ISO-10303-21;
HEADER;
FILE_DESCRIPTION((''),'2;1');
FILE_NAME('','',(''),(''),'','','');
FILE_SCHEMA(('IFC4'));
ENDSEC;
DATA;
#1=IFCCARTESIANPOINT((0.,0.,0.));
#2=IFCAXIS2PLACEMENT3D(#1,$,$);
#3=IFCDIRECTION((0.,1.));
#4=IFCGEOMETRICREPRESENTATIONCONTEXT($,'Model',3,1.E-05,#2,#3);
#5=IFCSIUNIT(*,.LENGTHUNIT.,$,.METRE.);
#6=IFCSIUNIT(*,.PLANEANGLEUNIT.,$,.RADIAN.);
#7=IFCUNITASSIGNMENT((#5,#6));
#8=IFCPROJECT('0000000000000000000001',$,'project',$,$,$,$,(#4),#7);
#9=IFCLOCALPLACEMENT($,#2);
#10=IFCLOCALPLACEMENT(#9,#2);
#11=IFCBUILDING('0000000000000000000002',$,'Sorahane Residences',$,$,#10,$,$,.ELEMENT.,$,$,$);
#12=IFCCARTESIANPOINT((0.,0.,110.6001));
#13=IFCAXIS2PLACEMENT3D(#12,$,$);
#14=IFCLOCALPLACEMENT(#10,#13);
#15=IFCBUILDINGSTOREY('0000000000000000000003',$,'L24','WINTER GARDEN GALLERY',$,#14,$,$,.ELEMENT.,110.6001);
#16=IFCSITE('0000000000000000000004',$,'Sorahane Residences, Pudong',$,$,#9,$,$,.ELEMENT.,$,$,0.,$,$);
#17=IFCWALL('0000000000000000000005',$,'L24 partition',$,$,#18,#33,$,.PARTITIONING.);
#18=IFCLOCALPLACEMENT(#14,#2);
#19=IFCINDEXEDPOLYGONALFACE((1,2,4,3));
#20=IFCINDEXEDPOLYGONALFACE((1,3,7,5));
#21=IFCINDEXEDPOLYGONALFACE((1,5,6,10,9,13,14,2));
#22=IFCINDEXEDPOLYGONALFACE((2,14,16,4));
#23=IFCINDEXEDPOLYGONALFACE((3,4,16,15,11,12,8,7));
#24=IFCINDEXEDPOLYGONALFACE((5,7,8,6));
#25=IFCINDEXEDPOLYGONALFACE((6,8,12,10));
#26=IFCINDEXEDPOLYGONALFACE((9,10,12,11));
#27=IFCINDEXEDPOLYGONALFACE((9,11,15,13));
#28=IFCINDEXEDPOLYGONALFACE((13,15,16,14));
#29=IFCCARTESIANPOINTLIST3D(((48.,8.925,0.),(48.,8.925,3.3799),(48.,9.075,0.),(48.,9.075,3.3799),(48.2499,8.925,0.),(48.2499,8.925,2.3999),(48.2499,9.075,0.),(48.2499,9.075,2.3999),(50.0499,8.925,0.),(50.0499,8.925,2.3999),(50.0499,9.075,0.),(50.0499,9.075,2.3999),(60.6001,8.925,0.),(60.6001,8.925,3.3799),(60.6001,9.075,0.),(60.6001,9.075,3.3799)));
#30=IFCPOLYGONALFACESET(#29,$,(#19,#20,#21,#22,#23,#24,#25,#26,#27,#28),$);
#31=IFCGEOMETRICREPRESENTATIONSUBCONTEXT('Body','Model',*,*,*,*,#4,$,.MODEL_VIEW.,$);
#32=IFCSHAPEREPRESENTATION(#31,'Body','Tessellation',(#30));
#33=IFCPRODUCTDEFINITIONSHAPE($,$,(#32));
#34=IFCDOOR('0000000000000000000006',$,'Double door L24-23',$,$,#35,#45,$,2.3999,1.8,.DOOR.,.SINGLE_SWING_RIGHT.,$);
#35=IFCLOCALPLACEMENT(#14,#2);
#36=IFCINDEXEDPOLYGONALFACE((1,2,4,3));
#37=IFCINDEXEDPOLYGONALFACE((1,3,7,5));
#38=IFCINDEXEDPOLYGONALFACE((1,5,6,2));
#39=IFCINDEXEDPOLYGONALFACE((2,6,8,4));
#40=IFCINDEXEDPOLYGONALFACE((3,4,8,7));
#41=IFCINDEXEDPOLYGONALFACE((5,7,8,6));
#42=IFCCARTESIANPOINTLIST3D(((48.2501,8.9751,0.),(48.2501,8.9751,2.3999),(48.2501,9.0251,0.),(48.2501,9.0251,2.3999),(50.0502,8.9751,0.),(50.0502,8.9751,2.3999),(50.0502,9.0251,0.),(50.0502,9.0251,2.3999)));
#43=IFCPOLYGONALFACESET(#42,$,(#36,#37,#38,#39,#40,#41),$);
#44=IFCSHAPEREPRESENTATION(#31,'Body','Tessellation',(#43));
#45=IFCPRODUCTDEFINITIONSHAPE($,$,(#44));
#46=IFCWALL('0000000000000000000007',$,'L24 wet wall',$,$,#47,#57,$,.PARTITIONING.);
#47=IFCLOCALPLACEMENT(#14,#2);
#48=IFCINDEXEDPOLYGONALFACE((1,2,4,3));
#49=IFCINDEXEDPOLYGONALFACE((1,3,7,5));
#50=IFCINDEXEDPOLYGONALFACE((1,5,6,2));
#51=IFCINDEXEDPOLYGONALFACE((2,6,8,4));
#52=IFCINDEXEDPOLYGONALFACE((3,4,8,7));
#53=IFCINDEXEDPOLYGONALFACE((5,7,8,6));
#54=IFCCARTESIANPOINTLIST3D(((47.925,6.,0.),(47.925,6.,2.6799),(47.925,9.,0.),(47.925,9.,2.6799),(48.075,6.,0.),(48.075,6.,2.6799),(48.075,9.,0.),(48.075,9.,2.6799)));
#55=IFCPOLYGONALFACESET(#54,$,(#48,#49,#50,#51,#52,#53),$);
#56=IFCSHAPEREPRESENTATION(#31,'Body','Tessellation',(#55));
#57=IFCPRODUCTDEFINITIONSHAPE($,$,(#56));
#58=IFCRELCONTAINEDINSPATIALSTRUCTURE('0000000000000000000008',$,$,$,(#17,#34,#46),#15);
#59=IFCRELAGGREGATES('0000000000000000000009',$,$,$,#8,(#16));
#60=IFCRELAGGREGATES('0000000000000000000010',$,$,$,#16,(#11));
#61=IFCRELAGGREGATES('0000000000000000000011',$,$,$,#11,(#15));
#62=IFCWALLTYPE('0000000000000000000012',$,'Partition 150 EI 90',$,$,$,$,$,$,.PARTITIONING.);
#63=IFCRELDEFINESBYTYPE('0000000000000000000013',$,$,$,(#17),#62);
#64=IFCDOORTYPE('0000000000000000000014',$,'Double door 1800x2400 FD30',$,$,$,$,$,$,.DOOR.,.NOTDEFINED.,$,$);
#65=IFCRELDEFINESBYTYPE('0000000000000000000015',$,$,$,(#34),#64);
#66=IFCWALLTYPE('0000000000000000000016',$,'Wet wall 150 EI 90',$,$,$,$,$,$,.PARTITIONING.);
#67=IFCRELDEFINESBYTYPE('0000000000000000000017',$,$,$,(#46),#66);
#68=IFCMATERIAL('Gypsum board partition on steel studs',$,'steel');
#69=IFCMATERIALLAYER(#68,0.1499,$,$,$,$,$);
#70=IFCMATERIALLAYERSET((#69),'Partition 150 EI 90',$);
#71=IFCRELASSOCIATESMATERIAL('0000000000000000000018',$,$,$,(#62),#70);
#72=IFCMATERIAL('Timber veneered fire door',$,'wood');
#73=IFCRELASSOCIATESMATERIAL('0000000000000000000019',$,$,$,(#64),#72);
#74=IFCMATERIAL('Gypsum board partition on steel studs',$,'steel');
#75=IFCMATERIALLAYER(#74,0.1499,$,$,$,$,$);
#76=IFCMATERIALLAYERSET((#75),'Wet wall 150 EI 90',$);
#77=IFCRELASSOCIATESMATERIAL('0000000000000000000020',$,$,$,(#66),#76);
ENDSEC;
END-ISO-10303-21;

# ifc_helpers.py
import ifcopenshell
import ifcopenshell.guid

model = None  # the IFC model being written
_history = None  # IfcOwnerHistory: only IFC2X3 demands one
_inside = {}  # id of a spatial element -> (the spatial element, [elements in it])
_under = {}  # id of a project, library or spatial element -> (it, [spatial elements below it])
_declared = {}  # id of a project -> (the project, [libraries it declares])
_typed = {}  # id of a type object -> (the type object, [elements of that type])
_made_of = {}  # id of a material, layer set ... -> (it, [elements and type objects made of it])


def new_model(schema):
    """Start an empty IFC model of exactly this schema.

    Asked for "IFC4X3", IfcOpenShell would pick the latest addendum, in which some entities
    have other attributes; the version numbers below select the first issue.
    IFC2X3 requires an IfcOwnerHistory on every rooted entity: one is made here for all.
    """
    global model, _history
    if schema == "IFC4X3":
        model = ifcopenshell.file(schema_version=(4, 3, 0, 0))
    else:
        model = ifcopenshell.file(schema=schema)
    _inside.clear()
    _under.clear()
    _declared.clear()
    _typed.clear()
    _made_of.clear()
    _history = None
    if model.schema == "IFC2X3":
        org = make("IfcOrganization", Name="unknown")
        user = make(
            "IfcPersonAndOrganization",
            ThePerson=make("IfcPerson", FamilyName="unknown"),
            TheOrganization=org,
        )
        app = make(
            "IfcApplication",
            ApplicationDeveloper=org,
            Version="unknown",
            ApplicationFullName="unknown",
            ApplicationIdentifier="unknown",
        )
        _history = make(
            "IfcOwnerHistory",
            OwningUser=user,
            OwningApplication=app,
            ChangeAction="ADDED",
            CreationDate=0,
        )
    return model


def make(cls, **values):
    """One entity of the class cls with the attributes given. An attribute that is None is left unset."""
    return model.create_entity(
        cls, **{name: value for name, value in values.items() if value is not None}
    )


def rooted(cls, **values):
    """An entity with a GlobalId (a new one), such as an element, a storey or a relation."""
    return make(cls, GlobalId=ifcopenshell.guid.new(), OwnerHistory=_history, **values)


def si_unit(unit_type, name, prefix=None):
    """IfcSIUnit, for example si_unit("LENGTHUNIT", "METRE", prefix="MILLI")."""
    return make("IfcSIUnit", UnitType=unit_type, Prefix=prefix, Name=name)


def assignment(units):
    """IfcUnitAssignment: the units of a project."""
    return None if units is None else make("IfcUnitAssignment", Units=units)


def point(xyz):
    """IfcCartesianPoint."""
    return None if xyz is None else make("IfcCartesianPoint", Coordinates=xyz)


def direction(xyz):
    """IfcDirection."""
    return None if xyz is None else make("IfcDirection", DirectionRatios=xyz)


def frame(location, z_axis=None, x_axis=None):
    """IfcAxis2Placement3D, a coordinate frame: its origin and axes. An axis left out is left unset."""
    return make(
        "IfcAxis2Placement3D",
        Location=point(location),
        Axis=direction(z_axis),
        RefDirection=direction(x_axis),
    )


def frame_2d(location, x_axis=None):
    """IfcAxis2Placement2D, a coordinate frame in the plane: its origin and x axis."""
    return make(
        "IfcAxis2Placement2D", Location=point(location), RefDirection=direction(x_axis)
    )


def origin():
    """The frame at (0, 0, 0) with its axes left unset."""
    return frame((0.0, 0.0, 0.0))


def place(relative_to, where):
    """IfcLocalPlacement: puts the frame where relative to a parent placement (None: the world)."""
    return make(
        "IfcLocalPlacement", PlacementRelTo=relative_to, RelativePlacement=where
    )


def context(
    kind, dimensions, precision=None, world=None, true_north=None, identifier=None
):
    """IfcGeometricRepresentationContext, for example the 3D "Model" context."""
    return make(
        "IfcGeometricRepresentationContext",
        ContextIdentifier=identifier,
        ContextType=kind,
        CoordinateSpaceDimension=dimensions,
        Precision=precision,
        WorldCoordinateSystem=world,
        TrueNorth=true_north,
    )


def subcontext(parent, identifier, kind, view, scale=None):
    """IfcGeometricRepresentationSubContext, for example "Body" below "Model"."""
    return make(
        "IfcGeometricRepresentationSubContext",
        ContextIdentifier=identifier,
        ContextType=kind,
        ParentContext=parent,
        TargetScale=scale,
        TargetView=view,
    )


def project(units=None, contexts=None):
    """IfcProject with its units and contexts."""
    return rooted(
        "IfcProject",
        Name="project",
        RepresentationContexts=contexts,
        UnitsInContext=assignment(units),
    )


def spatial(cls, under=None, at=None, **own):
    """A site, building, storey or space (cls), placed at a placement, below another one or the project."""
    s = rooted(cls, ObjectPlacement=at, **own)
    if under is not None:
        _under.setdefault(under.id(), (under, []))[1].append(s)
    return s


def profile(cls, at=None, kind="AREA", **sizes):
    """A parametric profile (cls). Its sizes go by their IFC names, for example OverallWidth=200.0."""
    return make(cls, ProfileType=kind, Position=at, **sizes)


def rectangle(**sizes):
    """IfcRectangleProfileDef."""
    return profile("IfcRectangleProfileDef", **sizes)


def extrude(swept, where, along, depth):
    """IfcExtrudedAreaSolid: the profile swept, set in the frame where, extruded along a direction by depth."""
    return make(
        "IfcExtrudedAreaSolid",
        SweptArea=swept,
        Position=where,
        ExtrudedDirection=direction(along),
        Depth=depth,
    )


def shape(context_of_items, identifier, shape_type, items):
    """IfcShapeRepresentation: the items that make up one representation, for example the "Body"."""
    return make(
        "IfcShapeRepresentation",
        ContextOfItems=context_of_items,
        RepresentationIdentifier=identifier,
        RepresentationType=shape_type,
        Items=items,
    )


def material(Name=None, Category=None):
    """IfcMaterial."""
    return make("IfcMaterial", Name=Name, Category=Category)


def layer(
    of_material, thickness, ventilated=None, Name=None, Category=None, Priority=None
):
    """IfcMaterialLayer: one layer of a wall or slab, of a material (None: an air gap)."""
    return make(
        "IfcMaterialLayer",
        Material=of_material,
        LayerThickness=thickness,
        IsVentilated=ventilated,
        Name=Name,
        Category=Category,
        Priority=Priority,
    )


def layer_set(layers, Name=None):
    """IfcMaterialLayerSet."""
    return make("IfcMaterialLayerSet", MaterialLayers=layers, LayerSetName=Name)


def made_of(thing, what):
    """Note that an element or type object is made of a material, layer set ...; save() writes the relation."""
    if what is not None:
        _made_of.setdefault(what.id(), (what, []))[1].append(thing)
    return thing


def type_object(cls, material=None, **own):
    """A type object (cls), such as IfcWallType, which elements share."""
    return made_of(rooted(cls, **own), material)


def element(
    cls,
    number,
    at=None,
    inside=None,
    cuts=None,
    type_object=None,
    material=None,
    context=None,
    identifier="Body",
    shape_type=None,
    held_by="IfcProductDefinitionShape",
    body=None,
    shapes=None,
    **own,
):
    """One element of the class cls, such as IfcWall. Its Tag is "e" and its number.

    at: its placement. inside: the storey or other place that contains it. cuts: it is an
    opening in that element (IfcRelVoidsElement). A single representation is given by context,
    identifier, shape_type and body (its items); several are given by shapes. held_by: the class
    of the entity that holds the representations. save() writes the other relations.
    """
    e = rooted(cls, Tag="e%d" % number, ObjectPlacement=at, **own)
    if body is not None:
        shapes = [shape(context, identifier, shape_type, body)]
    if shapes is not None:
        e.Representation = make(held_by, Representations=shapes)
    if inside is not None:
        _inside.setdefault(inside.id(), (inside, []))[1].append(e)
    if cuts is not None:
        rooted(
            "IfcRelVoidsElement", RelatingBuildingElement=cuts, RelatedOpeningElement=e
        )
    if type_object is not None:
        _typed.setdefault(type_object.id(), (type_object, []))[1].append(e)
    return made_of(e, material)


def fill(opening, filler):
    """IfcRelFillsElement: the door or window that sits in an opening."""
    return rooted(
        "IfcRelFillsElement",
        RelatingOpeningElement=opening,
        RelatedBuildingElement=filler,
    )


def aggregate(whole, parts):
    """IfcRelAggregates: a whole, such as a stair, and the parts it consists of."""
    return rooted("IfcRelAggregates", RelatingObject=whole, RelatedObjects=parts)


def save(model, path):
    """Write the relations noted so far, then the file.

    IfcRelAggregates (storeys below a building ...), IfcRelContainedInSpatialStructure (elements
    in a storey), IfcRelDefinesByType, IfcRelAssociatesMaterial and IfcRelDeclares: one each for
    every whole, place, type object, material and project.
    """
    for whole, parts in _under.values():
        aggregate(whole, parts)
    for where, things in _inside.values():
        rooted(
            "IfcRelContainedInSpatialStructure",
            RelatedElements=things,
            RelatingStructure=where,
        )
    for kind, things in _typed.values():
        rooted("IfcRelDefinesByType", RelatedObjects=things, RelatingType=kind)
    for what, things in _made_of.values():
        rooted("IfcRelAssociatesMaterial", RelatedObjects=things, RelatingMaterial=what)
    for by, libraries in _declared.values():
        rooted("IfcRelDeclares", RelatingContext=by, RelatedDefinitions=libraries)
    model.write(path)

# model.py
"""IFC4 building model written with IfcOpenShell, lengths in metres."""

from ifc_helpers import new_model, si_unit, direction, frame, frame_2d, origin, place, context, subcontext, project, spatial, rectangle, extrude, material, layer, layer_set, type_object, element, fill, save


model = new_model("IFC4")

# Units and contexts
model_context = context("Model", 3, precision=1e-05, world=origin(), true_north=direction((0.0, 1.0)))
body_context = subcontext(model_context, "Body", "Model", "MODEL_VIEW")
ifc_project = project(units=[si_unit("LENGTHUNIT", "METRE"), si_unit("PLANEANGLEUNIT", "RADIAN")], contexts=[model_context])

# Site, building, storey
site_placement = place(None, origin())
site = spatial("IfcSite", under=ifc_project, at=site_placement, Name="Sorahane Residences, Pudong", CompositionType="ELEMENT", RefElevation=0.0)
building_placement = place(site_placement, origin())
building = spatial("IfcBuilding", under=site, at=building_placement, Name="Sorahane Residences", CompositionType="ELEMENT")
storey_placement = place(building_placement, frame((0.0, 0.0, 110.6001)))
storey = spatial("IfcBuildingStorey", under=building, at=storey_placement, Name="L24", Description="WINTER GARDEN GALLERY", CompositionType="ELEMENT", Elevation=110.6001)

# Shared definitions
ifc_material_1 = material(Name="Gypsum board partition on steel studs", Category="steel")
ifc_layer_1 = layer(ifc_material_1, 0.1499)
ifc_layer_set_1 = layer_set([ifc_layer_1], Name="Partition 150 EI 90")
wall_type_1 = type_object("IfcWallType", Name="Partition 150 EI 90", PredefinedType="PARTITIONING", material=ifc_layer_set_1)

# Wall, opening, door
ifc_material_2 = material(Name="Timber veneered fire door", Category="wood")
door_type_1 = type_object("IfcDoorType", Name="Double door 1800x2400 FD30", OperationType="NOTDEFINED", PredefinedType="DOOR", material=ifc_material_2)
wall_1_placement = place(storey_placement, frame((48.0, 9.0, 0.0), z_axis=(0.0, 0.0, 1.0), x_axis=(1.0, 0.0, 0.0)))
wall_1 = element("IfcWall", 1, at=wall_1_placement, inside=storey, type_object=wall_type_1, Name="L24 partition", PredefinedType="PARTITIONING", context=body_context, shape_type="SweptSolid", body=[
    extrude(rectangle(XDim=12.6001, YDim=0.1499, at=frame_2d((6.3, 0.0))), origin(), (0.0, 0.0, 1.0), 3.3799),
])
opening_1_placement = place(wall_1_placement, frame((0.25, 0.0, 0.0)))
opening_1 = element("IfcOpeningElement", 2, at=opening_1_placement, cuts=wall_1, PredefinedType="OPENING", context=body_context, shape_type="SweptSolid", body=[
    extrude(rectangle(XDim=1.8, YDim=2.3999, at=frame_2d((0.8999, 1.2))), frame((0.0, 0.085, 0.0), z_axis=(0.0, -1.0, 0.0), x_axis=(1.0, 0.0, 0.0)), (0.0, 0.0, 1.0), 0.1699),
])
door_1_placement = place(opening_1_placement, frame((1.8, 0.0, 0.0), z_axis=(0.0, 0.0, 1.0), x_axis=(-1.0, 0.0, 0.0)))
door_1 = element("IfcDoor", 3, at=door_1_placement, inside=storey, type_object=door_type_1, Name="Double door L24-23", OperationType="SINGLE_SWING_RIGHT", OverallHeight=2.3999, OverallWidth=1.8, PredefinedType="DOOR", context=body_context, shape_type="SweptSolid", body=[
    extrude(rectangle(XDim=1.8, YDim=2.3999, at=frame_2d((0.8999, 1.2))), frame((0.0, 0.0249, 0.0), z_axis=(0.0, -1.0, 0.0), x_axis=(1.0, 0.0, 0.0)), (0.0, 0.0, 1.0), 0.05),
])
fill(opening_1, door_1)

# Wall
ifc_material_3 = material(Name="Gypsum board partition on steel studs", Category="steel")
ifc_layer_2 = layer(ifc_material_3, 0.1499)
ifc_layer_set_2 = layer_set([ifc_layer_2], Name="Wet wall 150 EI 90")
wall_type_2 = type_object("IfcWallType", Name="Wet wall 150 EI 90", PredefinedType="PARTITIONING", material=ifc_layer_set_2)
wall_2_placement = place(storey_placement, frame((48.0, 6.0, 0.0), z_axis=(0.0, 0.0, 1.0), x_axis=(0.0, 1.0, 0.0)))
element("IfcWall", 4, at=wall_2_placement, inside=storey, type_object=wall_type_2, Name="L24 wet wall", PredefinedType="PARTITIONING", context=body_context, shape_type="SweptSolid", body=[
    extrude(rectangle(XDim=3.0, YDim=0.1499, at=frame_2d((1.5, 0.0))), origin(), (0.0, 0.0, 1.0), 2.6799),
])

save(model, "model.ifc")
